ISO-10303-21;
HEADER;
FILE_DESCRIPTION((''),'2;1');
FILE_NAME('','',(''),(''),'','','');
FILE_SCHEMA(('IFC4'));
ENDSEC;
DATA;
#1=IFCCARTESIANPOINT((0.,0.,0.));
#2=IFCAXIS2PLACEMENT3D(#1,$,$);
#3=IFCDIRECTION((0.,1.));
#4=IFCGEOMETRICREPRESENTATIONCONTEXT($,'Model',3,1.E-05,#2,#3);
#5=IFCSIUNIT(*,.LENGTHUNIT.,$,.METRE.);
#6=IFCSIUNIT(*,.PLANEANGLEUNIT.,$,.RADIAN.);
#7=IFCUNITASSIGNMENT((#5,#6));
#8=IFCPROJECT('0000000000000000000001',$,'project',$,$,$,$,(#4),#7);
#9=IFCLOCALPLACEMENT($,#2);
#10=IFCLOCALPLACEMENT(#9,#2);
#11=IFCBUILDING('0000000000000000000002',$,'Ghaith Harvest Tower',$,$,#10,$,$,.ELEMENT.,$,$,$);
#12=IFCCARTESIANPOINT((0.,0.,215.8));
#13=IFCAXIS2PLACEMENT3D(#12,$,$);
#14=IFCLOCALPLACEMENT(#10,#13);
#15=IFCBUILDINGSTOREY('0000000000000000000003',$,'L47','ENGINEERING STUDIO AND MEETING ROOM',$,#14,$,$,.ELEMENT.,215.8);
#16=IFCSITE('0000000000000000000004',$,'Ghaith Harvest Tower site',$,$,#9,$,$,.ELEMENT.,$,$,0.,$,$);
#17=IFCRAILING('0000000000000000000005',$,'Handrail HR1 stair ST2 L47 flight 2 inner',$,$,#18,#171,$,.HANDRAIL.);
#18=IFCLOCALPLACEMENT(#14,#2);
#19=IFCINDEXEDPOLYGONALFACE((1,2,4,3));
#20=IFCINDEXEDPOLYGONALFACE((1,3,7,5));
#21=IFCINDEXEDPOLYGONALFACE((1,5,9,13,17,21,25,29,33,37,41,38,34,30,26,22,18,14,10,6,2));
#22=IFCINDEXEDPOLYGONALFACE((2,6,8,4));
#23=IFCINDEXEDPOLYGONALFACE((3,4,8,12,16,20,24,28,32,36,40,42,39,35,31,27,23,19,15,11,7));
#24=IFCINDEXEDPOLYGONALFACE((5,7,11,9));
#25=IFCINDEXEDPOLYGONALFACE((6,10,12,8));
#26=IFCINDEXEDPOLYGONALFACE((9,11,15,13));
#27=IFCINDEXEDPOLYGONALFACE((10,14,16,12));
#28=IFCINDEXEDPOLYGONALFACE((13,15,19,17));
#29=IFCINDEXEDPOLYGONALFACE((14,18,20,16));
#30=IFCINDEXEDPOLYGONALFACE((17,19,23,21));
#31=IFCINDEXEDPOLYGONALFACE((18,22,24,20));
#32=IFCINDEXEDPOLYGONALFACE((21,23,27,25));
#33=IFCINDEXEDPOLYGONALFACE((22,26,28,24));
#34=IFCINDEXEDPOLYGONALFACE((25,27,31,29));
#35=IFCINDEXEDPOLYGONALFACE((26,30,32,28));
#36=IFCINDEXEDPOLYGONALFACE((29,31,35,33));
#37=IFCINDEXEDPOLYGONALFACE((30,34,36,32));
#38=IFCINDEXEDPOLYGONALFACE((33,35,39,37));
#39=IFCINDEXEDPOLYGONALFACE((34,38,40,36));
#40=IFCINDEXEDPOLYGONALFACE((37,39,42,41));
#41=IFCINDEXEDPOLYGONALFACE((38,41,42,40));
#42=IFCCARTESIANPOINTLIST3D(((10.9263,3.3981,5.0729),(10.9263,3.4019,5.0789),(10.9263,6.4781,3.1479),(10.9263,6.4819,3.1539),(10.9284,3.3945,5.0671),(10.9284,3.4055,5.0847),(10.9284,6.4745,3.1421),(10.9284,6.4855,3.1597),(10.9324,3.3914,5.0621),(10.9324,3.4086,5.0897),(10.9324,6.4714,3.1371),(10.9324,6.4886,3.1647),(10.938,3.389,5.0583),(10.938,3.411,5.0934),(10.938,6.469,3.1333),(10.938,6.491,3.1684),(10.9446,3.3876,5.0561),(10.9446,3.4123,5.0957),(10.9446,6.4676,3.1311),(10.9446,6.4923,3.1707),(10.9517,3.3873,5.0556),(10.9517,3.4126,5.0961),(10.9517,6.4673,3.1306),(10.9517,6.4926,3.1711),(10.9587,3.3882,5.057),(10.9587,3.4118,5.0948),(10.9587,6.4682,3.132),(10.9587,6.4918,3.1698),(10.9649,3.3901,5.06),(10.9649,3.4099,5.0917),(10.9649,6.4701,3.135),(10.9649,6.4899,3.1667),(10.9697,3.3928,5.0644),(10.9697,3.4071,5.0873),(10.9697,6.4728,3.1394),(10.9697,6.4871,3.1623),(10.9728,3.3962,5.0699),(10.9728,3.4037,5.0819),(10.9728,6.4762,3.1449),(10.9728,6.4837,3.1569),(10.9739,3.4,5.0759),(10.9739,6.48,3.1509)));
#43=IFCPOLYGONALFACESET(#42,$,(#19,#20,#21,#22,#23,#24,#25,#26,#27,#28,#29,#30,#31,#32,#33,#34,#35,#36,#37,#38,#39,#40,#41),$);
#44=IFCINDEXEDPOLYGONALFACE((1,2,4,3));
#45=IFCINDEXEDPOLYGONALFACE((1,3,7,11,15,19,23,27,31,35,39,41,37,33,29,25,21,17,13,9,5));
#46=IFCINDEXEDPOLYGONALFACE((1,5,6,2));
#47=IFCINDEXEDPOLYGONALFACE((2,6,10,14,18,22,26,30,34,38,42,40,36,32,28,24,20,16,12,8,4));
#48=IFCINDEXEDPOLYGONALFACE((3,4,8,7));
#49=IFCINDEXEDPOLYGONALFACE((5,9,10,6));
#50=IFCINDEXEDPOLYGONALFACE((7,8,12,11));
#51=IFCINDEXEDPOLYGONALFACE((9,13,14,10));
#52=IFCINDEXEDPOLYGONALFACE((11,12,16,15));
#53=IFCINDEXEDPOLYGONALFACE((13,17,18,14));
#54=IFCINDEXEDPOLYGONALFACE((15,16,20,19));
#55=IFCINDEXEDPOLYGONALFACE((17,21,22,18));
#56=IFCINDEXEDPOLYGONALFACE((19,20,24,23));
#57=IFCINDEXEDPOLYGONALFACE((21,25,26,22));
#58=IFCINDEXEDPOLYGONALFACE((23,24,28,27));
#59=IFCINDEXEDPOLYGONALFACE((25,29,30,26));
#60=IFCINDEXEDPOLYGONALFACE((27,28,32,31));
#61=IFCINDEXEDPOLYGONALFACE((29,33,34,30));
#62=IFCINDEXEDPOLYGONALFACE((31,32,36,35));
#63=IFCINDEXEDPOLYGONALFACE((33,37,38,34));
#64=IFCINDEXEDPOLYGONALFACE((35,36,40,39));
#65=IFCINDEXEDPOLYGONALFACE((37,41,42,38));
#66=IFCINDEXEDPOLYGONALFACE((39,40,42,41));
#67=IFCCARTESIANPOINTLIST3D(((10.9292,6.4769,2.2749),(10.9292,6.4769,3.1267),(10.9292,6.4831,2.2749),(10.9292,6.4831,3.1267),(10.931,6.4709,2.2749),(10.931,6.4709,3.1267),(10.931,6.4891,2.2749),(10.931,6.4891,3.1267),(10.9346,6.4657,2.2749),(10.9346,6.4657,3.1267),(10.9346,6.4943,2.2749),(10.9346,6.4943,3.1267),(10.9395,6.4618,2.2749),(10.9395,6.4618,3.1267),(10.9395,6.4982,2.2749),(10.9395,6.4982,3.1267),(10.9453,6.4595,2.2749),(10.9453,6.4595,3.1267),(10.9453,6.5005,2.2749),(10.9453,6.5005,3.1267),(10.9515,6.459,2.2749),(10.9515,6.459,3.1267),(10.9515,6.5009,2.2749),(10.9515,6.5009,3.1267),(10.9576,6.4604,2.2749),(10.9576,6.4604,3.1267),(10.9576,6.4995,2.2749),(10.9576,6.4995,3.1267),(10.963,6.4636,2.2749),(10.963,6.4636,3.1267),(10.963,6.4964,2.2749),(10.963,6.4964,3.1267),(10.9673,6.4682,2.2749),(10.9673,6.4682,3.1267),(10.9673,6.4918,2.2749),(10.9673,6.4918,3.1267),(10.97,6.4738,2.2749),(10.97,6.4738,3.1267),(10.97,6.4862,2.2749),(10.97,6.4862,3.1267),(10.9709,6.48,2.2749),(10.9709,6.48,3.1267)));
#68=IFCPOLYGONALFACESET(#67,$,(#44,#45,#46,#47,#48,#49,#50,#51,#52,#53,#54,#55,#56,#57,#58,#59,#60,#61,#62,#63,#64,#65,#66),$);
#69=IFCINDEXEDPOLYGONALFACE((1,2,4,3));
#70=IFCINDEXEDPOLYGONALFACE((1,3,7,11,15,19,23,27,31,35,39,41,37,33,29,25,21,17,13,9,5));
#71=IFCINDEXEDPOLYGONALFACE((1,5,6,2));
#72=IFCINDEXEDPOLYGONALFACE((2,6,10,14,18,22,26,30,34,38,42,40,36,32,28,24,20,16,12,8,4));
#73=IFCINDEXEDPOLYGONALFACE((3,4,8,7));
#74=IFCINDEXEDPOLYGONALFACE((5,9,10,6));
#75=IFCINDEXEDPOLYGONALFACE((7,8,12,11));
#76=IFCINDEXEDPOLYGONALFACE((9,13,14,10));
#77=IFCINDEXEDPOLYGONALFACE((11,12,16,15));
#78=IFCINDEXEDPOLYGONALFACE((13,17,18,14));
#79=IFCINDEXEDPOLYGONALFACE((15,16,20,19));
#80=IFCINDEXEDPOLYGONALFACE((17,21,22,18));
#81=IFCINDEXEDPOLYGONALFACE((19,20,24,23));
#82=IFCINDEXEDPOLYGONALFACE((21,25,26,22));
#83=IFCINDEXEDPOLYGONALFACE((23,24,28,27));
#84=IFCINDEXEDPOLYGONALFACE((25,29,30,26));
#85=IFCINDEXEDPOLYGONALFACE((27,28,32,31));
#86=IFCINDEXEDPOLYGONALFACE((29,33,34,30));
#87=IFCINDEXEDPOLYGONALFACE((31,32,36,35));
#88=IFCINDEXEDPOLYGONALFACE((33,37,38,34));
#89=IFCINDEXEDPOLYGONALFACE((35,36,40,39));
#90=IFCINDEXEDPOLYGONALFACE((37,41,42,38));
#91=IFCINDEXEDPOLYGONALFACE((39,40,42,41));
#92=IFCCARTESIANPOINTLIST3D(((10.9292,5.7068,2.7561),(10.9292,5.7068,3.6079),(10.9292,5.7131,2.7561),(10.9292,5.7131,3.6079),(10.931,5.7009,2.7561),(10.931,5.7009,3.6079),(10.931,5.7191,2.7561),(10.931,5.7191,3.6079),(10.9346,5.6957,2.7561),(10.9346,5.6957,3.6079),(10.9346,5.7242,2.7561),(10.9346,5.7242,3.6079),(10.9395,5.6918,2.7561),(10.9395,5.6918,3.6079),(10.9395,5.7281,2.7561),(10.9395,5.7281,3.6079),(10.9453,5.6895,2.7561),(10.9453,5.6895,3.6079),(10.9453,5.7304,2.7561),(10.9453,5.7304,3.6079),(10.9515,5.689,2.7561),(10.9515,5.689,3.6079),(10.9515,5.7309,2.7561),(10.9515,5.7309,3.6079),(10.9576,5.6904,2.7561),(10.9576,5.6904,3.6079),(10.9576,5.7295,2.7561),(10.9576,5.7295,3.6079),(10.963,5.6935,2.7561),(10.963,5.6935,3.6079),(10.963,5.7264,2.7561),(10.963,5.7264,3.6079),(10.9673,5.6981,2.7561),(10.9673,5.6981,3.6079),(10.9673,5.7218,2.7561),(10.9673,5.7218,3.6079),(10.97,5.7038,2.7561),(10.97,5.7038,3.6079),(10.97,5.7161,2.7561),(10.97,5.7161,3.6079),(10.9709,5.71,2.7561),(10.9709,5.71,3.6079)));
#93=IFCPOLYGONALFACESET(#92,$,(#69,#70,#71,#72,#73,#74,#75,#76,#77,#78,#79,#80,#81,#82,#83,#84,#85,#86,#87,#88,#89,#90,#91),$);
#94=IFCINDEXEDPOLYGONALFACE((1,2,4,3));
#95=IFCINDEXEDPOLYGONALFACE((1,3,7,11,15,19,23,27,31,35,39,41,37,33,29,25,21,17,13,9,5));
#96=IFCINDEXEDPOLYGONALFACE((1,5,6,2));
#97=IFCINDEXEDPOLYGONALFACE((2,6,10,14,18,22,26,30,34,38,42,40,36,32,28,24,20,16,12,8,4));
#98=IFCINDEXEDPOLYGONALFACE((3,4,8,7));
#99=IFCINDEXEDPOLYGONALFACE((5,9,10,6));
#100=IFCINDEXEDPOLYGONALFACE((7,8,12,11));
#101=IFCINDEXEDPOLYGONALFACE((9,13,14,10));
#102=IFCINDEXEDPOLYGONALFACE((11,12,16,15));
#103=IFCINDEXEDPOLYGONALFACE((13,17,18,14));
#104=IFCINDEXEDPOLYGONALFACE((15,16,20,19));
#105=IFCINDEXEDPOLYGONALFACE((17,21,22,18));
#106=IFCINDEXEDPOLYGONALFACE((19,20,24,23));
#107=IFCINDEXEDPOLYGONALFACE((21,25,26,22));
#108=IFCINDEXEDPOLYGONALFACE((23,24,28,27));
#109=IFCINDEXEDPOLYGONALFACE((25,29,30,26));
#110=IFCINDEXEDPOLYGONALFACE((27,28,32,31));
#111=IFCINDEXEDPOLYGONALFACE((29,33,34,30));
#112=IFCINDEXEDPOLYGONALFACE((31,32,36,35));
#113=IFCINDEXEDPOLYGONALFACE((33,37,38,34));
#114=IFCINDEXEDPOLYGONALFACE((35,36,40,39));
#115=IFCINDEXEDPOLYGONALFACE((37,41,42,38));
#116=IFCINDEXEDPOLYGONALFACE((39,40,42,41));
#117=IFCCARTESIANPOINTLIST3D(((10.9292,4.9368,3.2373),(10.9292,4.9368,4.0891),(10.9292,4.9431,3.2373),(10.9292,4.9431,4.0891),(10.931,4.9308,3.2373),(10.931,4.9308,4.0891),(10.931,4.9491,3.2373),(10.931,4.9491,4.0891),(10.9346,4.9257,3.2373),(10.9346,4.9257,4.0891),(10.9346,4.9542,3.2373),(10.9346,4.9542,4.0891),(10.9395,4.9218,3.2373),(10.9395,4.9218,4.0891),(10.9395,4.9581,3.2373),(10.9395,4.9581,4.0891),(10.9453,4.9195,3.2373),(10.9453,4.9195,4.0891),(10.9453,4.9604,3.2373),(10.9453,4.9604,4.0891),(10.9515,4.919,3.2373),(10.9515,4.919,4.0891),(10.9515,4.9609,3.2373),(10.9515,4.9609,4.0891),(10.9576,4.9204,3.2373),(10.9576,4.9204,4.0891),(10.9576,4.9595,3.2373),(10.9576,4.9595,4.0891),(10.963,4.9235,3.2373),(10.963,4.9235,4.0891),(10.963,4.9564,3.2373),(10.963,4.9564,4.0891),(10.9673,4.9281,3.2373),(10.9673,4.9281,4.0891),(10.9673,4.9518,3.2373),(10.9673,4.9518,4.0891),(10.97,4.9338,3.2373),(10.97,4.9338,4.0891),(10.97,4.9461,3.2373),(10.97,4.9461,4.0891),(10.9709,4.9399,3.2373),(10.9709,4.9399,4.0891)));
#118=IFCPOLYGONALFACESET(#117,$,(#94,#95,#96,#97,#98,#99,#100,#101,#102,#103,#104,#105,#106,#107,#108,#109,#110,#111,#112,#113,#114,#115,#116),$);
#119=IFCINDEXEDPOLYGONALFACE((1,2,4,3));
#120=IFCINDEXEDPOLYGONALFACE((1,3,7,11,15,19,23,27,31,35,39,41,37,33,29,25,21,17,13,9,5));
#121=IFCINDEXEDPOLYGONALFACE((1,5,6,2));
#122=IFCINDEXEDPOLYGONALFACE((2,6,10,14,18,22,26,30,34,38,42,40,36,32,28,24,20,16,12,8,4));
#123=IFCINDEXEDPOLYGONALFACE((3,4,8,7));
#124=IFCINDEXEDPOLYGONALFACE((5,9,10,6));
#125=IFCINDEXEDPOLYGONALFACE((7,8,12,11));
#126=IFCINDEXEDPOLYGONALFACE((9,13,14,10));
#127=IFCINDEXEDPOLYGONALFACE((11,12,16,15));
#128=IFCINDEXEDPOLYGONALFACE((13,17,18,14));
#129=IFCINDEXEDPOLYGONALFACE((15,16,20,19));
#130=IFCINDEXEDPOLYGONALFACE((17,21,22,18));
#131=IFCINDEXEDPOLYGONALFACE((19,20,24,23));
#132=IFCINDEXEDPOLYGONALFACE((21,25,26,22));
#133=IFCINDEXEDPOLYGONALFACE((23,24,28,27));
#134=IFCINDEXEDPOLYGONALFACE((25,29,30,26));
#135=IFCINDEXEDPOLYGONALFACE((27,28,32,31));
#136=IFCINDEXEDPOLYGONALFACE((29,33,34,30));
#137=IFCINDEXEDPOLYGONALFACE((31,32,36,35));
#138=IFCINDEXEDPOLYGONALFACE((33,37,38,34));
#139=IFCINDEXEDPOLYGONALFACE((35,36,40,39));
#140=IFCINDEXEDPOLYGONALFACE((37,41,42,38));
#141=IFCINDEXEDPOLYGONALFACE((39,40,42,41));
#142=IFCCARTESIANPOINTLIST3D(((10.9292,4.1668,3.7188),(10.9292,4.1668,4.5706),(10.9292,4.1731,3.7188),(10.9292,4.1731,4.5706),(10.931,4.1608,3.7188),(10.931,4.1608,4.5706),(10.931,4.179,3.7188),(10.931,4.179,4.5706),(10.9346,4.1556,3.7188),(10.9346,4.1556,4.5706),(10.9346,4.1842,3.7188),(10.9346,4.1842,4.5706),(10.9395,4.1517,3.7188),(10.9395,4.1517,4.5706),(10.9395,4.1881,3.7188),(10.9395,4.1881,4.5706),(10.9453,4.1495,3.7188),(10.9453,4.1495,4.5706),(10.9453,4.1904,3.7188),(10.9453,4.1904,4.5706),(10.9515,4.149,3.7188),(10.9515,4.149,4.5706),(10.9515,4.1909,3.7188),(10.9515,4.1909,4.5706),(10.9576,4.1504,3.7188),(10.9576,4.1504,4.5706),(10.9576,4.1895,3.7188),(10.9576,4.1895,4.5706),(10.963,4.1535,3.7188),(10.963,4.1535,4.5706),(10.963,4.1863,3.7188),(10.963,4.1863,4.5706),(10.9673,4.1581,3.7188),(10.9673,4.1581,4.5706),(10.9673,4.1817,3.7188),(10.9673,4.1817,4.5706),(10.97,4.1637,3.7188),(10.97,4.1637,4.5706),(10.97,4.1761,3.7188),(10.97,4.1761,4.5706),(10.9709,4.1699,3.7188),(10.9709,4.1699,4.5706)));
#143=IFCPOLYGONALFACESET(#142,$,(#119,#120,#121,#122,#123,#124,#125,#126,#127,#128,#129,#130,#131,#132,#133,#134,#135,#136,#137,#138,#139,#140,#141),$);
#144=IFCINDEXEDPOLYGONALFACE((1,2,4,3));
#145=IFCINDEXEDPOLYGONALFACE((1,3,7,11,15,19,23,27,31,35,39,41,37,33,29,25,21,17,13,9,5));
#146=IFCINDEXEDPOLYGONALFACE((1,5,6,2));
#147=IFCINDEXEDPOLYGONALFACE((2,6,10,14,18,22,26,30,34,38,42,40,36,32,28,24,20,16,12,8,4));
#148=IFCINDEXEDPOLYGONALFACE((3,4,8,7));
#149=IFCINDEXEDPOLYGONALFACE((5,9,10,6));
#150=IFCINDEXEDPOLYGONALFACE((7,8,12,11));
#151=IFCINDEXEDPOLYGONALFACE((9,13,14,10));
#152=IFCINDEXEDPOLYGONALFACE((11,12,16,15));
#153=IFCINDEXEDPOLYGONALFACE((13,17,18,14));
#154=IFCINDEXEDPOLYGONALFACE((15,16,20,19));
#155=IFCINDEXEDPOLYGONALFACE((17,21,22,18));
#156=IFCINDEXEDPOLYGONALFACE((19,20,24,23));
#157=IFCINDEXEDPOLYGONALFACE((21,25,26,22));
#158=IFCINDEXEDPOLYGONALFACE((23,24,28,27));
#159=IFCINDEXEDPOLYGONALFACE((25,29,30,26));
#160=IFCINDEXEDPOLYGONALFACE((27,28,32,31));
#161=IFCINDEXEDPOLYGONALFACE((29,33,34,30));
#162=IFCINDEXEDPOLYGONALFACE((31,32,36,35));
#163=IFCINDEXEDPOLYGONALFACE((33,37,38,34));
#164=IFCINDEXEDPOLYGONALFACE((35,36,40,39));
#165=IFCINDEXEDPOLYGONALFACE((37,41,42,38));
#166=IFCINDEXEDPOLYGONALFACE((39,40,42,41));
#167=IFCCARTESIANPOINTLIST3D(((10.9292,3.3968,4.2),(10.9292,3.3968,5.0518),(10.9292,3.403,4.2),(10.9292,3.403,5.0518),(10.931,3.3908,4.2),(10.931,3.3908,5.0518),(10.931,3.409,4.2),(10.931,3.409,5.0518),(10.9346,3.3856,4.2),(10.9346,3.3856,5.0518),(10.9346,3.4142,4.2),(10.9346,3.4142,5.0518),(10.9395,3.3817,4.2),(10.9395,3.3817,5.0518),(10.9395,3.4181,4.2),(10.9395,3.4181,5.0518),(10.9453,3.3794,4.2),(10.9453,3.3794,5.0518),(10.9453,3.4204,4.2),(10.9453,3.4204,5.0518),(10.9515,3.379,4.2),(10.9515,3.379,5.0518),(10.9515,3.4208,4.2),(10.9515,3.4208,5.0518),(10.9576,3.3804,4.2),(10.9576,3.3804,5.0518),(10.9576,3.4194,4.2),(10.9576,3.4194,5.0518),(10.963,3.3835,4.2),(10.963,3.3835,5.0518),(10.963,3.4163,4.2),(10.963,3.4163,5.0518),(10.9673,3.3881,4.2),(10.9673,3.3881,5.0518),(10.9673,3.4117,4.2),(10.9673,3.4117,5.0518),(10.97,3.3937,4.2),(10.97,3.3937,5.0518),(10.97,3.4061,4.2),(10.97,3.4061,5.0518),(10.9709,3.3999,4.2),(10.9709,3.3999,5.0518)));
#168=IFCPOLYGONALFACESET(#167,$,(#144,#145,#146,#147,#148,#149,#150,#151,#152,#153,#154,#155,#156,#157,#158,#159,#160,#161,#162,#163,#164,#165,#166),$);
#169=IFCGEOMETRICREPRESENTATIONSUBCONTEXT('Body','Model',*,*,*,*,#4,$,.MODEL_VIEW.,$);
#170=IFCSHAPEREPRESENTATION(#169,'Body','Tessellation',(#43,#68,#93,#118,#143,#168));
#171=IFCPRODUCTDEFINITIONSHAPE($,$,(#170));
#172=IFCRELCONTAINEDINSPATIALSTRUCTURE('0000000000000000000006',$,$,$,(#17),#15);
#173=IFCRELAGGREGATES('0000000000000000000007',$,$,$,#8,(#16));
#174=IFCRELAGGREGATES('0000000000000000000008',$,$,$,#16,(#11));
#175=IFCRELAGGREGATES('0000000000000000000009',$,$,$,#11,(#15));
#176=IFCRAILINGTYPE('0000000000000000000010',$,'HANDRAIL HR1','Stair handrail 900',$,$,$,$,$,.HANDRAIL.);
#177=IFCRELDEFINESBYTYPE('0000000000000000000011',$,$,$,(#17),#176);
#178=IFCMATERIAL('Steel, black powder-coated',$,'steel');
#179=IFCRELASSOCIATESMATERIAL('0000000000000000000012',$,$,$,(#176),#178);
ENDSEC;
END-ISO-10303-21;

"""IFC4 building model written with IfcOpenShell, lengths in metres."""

from ifc_helpers import new_model, si_unit, direction, frame, origin, origin_2d, place, context, subcontext, project, spatial, circle, extrude, material, type_object, element, save


model = new_model("IFC4")

# Units and contexts
model_context = context("Model", 3, precision=1e-05, world=origin(), true_north=direction((0.0, 1.0)))
body_context = subcontext(model_context, "Body", "Model", "MODEL_VIEW")
ifc_project = project(units=[si_unit("LENGTHUNIT", "METRE"), si_unit("PLANEANGLEUNIT", "RADIAN")], contexts=[model_context])

# Site, building, storey
site_placement = place(None, origin())
site = spatial("IfcSite", under=ifc_project, at=site_placement, Name="Ghaith Harvest Tower site", CompositionType="ELEMENT", RefElevation=0.0)
building_placement = place(site_placement, origin())
building = spatial("IfcBuilding", under=site, at=building_placement, Name="Ghaith Harvest Tower", CompositionType="ELEMENT")
storey_placement = place(building_placement, frame((0.0, 0.0, 215.8)))
storey = spatial("IfcBuildingStorey", under=building, at=storey_placement, Name="L47", Description="ENGINEERING STUDIO AND MEETING ROOM", CompositionType="ELEMENT", Elevation=215.8)

# Railing
ifc_material_1 = material(Name="Steel, black powder-coated", Category="steel")
railing_type = type_object("IfcRailingType", Name="HANDRAIL HR1", Description="Stair handrail 900", PredefinedType="HANDRAIL", material=ifc_material_1)
railing_1_placement = place(storey_placement, frame((10.95, 6.48, 2.2749)))
element("IfcRailing", 1, at=railing_1_placement, inside=storey, type_object=railing_type, Name="Handrail HR1 stair ST2 L47 flight 2 inner", PredefinedType="HANDRAIL", context=body_context, shape_type="SweptSolid", body=[
    extrude(circle(Radius=0.0239, at=origin_2d()), frame((0.0, 0.0, 0.876), z_axis=(0.0, -0.847998, 0.529999), x_axis=(1.0, 0.0, 0.0)), (0.0, 0.0, 1.0), 3.6321),
    extrude(circle(Radius=0.021, at=origin_2d()), origin(), (0.0, 0.0, 1.0), 0.8518),
    extrude(circle(Radius=0.021, at=origin_2d()), frame((0.0, -0.77, 0.4812)), (0.0, 0.0, 1.0), 0.8518),
    extrude(circle(Radius=0.021, at=origin_2d()), frame((0.0, -1.54, 0.9624)), (0.0, 0.0, 1.0), 0.8518),
    extrude(circle(Radius=0.021, at=origin_2d()), frame((0.0, -2.3101, 1.4438)), (0.0, 0.0, 1.0), 0.8518),
    extrude(circle(Radius=0.021, at=origin_2d()), frame((0.0, -3.0801, 1.925)), (0.0, 0.0, 1.0), 0.8518),
])

save(model, "model.ifc")
